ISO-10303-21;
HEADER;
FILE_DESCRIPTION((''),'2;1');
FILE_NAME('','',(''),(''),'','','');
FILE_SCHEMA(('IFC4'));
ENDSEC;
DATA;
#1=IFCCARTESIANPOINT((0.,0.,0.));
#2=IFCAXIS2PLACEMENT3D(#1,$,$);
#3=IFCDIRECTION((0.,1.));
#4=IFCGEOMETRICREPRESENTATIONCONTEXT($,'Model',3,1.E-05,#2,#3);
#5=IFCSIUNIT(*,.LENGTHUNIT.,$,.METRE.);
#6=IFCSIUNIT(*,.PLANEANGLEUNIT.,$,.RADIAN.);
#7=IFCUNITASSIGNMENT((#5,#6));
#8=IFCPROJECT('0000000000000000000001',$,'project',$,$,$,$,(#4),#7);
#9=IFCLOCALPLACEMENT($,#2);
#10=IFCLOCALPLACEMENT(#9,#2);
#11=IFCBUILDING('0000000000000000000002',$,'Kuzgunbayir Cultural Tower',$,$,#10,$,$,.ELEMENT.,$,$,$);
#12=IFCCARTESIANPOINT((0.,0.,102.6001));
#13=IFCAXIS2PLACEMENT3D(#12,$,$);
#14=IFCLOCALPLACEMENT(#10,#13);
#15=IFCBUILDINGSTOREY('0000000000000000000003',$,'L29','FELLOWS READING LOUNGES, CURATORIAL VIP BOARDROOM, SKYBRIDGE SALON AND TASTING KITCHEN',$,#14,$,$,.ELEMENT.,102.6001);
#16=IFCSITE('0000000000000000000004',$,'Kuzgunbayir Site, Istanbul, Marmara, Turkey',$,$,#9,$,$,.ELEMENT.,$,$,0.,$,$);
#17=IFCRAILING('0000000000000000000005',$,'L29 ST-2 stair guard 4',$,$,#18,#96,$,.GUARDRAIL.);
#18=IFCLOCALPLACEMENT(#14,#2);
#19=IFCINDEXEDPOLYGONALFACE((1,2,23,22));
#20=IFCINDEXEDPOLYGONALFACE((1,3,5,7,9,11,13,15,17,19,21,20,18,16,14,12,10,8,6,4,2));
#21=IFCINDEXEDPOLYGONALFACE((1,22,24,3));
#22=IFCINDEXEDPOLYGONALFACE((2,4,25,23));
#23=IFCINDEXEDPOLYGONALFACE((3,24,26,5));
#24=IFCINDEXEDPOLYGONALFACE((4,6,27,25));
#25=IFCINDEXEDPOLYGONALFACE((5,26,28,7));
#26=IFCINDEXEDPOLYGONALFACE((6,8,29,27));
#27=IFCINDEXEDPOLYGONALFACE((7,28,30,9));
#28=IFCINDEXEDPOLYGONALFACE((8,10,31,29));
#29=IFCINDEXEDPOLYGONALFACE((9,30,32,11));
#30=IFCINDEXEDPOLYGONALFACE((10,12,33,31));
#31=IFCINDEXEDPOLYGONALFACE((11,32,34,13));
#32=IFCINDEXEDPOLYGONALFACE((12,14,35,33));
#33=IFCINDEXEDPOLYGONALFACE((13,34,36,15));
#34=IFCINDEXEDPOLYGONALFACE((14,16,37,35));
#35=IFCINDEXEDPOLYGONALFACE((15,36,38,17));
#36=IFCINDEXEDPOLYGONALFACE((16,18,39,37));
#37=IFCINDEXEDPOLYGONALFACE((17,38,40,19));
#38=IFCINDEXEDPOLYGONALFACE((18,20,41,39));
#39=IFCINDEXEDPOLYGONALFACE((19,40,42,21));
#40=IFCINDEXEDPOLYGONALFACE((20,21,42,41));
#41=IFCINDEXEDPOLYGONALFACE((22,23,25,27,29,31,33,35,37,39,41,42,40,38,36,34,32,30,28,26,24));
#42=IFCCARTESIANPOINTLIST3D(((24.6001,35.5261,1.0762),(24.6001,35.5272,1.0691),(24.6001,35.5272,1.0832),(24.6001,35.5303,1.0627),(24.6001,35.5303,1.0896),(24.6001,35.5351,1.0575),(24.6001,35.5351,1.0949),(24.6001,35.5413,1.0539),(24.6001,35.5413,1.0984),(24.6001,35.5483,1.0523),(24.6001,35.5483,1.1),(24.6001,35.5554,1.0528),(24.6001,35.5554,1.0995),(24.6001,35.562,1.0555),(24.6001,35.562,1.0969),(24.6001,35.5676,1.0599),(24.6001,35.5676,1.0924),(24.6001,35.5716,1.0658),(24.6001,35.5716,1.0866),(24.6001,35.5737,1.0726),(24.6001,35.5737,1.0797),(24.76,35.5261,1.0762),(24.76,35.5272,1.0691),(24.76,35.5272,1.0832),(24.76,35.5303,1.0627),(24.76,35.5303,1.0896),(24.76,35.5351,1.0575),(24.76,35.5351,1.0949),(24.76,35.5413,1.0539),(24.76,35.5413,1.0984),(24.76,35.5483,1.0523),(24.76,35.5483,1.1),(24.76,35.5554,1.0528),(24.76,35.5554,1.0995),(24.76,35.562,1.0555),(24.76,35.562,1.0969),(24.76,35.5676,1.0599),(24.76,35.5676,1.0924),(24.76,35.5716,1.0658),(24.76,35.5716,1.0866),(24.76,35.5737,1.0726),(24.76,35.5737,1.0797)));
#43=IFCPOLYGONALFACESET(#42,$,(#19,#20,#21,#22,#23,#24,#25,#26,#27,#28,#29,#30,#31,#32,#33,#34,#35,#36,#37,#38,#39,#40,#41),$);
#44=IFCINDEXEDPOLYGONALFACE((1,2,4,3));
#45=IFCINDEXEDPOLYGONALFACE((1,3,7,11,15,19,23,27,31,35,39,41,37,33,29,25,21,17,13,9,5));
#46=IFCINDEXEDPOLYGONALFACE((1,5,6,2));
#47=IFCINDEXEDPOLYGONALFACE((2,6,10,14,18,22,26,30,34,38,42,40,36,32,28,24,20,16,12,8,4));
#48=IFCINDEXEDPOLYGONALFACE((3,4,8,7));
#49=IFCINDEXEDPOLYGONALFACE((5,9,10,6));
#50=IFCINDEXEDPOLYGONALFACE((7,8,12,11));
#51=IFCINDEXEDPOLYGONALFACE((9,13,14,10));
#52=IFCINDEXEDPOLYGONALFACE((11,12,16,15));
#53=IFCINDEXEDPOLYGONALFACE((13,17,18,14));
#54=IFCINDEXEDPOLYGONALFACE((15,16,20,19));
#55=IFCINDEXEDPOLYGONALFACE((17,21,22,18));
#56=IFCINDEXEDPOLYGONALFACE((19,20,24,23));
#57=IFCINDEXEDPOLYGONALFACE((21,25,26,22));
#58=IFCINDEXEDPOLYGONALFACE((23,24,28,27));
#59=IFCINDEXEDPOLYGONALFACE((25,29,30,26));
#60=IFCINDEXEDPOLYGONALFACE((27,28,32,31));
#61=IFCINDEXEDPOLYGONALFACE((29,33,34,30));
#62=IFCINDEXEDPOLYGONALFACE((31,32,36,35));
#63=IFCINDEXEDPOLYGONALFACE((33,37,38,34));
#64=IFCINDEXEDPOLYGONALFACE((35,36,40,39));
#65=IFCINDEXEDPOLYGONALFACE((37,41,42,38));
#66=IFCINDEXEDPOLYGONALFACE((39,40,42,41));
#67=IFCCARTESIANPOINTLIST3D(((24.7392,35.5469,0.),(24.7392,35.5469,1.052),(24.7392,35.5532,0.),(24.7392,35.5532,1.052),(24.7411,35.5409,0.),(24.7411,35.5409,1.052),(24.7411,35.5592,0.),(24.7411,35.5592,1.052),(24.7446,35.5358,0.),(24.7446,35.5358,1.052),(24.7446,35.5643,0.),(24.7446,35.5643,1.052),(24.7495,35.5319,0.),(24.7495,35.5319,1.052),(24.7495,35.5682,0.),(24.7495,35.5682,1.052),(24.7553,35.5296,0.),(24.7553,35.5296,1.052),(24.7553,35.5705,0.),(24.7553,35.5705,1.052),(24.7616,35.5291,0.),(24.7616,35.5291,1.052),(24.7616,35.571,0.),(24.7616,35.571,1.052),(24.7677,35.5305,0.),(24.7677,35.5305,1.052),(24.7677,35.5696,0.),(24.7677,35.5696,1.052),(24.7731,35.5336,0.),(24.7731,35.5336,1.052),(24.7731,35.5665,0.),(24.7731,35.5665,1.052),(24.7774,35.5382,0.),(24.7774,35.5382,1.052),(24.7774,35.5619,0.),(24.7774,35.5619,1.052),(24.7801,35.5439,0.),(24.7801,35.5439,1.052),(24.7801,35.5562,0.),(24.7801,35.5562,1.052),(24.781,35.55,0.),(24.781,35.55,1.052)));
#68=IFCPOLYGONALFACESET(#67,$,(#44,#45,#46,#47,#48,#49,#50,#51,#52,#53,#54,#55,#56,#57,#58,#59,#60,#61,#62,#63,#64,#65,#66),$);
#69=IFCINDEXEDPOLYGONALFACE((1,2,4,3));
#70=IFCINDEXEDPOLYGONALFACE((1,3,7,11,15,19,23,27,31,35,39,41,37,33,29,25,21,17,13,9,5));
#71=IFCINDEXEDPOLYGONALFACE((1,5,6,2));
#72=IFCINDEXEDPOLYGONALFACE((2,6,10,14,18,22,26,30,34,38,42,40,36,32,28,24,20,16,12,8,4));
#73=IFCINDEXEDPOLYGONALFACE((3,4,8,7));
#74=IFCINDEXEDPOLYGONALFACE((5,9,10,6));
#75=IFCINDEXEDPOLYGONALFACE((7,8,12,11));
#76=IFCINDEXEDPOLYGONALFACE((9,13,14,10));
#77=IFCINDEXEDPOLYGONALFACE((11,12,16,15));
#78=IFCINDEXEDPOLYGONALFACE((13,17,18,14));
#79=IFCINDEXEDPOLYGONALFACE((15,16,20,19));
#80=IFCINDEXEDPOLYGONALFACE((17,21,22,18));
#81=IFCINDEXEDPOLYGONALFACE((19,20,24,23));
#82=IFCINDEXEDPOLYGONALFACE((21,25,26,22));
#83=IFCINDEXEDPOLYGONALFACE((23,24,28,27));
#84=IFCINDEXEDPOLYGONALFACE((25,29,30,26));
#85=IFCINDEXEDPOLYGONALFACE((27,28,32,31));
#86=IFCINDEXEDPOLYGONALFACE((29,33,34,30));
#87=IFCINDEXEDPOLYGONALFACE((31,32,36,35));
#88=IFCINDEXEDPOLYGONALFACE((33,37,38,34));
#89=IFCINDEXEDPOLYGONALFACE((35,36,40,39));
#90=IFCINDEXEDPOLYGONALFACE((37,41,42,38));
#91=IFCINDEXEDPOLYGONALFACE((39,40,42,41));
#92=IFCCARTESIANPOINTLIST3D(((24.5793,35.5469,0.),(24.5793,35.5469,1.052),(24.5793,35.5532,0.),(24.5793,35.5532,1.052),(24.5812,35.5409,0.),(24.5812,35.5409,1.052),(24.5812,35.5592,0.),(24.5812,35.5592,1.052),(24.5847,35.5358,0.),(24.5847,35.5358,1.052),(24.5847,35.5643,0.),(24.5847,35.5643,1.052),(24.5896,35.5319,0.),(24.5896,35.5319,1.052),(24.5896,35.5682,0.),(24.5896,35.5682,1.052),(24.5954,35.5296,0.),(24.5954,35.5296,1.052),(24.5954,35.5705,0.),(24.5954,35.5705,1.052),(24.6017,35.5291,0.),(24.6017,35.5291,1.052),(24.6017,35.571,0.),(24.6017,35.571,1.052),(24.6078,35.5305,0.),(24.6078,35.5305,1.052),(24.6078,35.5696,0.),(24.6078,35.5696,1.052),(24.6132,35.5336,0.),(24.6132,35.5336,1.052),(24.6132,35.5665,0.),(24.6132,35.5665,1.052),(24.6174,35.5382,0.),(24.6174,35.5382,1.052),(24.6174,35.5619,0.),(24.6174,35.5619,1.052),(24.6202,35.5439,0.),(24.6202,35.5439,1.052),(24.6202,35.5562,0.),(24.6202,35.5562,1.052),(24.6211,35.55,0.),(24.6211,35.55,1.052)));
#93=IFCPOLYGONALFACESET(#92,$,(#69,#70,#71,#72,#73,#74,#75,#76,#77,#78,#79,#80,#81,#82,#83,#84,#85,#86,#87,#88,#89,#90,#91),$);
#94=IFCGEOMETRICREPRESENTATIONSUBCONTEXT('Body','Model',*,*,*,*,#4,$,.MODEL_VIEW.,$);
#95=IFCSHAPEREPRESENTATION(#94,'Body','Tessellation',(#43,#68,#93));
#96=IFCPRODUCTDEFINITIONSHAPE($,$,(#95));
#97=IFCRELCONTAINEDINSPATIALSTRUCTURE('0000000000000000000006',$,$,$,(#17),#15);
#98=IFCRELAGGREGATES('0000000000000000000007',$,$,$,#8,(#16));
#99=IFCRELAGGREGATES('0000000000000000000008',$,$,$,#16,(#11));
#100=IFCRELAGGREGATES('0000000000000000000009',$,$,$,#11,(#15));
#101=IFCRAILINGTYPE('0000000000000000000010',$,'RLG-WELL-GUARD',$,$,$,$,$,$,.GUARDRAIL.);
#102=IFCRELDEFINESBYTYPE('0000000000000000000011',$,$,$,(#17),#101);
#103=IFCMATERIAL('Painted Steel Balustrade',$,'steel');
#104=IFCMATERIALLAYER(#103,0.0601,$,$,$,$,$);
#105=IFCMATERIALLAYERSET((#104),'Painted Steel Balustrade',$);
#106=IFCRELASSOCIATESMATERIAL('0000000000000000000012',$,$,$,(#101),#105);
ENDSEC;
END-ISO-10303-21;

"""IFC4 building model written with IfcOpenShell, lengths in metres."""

from ifc_helpers import new_model, si_unit, direction, frame, origin, origin_2d, place, context, subcontext, project, spatial, circle, extrude, material, layer, layer_set, type_object, element, save


model = new_model("IFC4")

# Units and contexts
model_context = context("Model", 3, precision=1e-05, world=origin(), true_north=direction((0.0, 1.0)))
body_context = subcontext(model_context, "Body", "Model", "MODEL_VIEW")
ifc_project = project(units=[si_unit("LENGTHUNIT", "METRE"), si_unit("PLANEANGLEUNIT", "RADIAN")], contexts=[model_context])

# Site, building, storey
site_placement = place(None, origin())
site = spatial("IfcSite", under=ifc_project, at=site_placement, Name="Kuzgunbayir Site, Istanbul, Marmara, Turkey", CompositionType="ELEMENT", RefElevation=0.0)
building_placement = place(site_placement, origin())
building = spatial("IfcBuilding", under=site, at=building_placement, Name="Kuzgunbayir Cultural Tower", CompositionType="ELEMENT")
storey_placement = place(building_placement, frame((0.0, 0.0, 102.6001)))
storey = spatial("IfcBuildingStorey", under=building, at=storey_placement, Name="L29", Description="FELLOWS READING LOUNGES, CURATORIAL VIP BOARDROOM, SKYBRIDGE SALON AND TASTING KITCHEN", CompositionType="ELEMENT", Elevation=102.6001)

# Railing
ifc_material_1 = material(Name="Painted Steel Balustrade", Category="steel")
ifc_layer_1 = layer(ifc_material_1, 0.0601)
ifc_layer_set_1 = layer_set([ifc_layer_1], Name="Painted Steel Balustrade")
railing_type_1 = type_object("IfcRailingType", Name="RLG-WELL-GUARD", PredefinedType="GUARDRAIL", material=ifc_layer_set_1)
railing_1_placement = place(storey_placement, frame((24.76, 35.55, 0.0)))
element("IfcRailing", 1, at=railing_1_placement, inside=storey, type_object=railing_type_1, Name="L29 ST-2 stair guard 4", PredefinedType="GUARDRAIL", context=body_context, shape_type="SweptSolid", body=[
    extrude(circle(Radius=0.0239, at=origin_2d()), frame((0.0, 0.0, 1.0762), z_axis=(-1.0, 0.0, 0.0), x_axis=(0.0, -1.0, 0.0)), (0.0, 0.0, 1.0), 0.1599),
    extrude(circle(Radius=0.021, at=origin_2d()), origin(), (0.0, 0.0, 1.0), 1.052),
    extrude(circle(Radius=0.021, at=origin_2d()), frame((-0.1599, 0.0, 0.0)), (0.0, 0.0, 1.0), 1.052),
])

save(model, "model.ifc")
